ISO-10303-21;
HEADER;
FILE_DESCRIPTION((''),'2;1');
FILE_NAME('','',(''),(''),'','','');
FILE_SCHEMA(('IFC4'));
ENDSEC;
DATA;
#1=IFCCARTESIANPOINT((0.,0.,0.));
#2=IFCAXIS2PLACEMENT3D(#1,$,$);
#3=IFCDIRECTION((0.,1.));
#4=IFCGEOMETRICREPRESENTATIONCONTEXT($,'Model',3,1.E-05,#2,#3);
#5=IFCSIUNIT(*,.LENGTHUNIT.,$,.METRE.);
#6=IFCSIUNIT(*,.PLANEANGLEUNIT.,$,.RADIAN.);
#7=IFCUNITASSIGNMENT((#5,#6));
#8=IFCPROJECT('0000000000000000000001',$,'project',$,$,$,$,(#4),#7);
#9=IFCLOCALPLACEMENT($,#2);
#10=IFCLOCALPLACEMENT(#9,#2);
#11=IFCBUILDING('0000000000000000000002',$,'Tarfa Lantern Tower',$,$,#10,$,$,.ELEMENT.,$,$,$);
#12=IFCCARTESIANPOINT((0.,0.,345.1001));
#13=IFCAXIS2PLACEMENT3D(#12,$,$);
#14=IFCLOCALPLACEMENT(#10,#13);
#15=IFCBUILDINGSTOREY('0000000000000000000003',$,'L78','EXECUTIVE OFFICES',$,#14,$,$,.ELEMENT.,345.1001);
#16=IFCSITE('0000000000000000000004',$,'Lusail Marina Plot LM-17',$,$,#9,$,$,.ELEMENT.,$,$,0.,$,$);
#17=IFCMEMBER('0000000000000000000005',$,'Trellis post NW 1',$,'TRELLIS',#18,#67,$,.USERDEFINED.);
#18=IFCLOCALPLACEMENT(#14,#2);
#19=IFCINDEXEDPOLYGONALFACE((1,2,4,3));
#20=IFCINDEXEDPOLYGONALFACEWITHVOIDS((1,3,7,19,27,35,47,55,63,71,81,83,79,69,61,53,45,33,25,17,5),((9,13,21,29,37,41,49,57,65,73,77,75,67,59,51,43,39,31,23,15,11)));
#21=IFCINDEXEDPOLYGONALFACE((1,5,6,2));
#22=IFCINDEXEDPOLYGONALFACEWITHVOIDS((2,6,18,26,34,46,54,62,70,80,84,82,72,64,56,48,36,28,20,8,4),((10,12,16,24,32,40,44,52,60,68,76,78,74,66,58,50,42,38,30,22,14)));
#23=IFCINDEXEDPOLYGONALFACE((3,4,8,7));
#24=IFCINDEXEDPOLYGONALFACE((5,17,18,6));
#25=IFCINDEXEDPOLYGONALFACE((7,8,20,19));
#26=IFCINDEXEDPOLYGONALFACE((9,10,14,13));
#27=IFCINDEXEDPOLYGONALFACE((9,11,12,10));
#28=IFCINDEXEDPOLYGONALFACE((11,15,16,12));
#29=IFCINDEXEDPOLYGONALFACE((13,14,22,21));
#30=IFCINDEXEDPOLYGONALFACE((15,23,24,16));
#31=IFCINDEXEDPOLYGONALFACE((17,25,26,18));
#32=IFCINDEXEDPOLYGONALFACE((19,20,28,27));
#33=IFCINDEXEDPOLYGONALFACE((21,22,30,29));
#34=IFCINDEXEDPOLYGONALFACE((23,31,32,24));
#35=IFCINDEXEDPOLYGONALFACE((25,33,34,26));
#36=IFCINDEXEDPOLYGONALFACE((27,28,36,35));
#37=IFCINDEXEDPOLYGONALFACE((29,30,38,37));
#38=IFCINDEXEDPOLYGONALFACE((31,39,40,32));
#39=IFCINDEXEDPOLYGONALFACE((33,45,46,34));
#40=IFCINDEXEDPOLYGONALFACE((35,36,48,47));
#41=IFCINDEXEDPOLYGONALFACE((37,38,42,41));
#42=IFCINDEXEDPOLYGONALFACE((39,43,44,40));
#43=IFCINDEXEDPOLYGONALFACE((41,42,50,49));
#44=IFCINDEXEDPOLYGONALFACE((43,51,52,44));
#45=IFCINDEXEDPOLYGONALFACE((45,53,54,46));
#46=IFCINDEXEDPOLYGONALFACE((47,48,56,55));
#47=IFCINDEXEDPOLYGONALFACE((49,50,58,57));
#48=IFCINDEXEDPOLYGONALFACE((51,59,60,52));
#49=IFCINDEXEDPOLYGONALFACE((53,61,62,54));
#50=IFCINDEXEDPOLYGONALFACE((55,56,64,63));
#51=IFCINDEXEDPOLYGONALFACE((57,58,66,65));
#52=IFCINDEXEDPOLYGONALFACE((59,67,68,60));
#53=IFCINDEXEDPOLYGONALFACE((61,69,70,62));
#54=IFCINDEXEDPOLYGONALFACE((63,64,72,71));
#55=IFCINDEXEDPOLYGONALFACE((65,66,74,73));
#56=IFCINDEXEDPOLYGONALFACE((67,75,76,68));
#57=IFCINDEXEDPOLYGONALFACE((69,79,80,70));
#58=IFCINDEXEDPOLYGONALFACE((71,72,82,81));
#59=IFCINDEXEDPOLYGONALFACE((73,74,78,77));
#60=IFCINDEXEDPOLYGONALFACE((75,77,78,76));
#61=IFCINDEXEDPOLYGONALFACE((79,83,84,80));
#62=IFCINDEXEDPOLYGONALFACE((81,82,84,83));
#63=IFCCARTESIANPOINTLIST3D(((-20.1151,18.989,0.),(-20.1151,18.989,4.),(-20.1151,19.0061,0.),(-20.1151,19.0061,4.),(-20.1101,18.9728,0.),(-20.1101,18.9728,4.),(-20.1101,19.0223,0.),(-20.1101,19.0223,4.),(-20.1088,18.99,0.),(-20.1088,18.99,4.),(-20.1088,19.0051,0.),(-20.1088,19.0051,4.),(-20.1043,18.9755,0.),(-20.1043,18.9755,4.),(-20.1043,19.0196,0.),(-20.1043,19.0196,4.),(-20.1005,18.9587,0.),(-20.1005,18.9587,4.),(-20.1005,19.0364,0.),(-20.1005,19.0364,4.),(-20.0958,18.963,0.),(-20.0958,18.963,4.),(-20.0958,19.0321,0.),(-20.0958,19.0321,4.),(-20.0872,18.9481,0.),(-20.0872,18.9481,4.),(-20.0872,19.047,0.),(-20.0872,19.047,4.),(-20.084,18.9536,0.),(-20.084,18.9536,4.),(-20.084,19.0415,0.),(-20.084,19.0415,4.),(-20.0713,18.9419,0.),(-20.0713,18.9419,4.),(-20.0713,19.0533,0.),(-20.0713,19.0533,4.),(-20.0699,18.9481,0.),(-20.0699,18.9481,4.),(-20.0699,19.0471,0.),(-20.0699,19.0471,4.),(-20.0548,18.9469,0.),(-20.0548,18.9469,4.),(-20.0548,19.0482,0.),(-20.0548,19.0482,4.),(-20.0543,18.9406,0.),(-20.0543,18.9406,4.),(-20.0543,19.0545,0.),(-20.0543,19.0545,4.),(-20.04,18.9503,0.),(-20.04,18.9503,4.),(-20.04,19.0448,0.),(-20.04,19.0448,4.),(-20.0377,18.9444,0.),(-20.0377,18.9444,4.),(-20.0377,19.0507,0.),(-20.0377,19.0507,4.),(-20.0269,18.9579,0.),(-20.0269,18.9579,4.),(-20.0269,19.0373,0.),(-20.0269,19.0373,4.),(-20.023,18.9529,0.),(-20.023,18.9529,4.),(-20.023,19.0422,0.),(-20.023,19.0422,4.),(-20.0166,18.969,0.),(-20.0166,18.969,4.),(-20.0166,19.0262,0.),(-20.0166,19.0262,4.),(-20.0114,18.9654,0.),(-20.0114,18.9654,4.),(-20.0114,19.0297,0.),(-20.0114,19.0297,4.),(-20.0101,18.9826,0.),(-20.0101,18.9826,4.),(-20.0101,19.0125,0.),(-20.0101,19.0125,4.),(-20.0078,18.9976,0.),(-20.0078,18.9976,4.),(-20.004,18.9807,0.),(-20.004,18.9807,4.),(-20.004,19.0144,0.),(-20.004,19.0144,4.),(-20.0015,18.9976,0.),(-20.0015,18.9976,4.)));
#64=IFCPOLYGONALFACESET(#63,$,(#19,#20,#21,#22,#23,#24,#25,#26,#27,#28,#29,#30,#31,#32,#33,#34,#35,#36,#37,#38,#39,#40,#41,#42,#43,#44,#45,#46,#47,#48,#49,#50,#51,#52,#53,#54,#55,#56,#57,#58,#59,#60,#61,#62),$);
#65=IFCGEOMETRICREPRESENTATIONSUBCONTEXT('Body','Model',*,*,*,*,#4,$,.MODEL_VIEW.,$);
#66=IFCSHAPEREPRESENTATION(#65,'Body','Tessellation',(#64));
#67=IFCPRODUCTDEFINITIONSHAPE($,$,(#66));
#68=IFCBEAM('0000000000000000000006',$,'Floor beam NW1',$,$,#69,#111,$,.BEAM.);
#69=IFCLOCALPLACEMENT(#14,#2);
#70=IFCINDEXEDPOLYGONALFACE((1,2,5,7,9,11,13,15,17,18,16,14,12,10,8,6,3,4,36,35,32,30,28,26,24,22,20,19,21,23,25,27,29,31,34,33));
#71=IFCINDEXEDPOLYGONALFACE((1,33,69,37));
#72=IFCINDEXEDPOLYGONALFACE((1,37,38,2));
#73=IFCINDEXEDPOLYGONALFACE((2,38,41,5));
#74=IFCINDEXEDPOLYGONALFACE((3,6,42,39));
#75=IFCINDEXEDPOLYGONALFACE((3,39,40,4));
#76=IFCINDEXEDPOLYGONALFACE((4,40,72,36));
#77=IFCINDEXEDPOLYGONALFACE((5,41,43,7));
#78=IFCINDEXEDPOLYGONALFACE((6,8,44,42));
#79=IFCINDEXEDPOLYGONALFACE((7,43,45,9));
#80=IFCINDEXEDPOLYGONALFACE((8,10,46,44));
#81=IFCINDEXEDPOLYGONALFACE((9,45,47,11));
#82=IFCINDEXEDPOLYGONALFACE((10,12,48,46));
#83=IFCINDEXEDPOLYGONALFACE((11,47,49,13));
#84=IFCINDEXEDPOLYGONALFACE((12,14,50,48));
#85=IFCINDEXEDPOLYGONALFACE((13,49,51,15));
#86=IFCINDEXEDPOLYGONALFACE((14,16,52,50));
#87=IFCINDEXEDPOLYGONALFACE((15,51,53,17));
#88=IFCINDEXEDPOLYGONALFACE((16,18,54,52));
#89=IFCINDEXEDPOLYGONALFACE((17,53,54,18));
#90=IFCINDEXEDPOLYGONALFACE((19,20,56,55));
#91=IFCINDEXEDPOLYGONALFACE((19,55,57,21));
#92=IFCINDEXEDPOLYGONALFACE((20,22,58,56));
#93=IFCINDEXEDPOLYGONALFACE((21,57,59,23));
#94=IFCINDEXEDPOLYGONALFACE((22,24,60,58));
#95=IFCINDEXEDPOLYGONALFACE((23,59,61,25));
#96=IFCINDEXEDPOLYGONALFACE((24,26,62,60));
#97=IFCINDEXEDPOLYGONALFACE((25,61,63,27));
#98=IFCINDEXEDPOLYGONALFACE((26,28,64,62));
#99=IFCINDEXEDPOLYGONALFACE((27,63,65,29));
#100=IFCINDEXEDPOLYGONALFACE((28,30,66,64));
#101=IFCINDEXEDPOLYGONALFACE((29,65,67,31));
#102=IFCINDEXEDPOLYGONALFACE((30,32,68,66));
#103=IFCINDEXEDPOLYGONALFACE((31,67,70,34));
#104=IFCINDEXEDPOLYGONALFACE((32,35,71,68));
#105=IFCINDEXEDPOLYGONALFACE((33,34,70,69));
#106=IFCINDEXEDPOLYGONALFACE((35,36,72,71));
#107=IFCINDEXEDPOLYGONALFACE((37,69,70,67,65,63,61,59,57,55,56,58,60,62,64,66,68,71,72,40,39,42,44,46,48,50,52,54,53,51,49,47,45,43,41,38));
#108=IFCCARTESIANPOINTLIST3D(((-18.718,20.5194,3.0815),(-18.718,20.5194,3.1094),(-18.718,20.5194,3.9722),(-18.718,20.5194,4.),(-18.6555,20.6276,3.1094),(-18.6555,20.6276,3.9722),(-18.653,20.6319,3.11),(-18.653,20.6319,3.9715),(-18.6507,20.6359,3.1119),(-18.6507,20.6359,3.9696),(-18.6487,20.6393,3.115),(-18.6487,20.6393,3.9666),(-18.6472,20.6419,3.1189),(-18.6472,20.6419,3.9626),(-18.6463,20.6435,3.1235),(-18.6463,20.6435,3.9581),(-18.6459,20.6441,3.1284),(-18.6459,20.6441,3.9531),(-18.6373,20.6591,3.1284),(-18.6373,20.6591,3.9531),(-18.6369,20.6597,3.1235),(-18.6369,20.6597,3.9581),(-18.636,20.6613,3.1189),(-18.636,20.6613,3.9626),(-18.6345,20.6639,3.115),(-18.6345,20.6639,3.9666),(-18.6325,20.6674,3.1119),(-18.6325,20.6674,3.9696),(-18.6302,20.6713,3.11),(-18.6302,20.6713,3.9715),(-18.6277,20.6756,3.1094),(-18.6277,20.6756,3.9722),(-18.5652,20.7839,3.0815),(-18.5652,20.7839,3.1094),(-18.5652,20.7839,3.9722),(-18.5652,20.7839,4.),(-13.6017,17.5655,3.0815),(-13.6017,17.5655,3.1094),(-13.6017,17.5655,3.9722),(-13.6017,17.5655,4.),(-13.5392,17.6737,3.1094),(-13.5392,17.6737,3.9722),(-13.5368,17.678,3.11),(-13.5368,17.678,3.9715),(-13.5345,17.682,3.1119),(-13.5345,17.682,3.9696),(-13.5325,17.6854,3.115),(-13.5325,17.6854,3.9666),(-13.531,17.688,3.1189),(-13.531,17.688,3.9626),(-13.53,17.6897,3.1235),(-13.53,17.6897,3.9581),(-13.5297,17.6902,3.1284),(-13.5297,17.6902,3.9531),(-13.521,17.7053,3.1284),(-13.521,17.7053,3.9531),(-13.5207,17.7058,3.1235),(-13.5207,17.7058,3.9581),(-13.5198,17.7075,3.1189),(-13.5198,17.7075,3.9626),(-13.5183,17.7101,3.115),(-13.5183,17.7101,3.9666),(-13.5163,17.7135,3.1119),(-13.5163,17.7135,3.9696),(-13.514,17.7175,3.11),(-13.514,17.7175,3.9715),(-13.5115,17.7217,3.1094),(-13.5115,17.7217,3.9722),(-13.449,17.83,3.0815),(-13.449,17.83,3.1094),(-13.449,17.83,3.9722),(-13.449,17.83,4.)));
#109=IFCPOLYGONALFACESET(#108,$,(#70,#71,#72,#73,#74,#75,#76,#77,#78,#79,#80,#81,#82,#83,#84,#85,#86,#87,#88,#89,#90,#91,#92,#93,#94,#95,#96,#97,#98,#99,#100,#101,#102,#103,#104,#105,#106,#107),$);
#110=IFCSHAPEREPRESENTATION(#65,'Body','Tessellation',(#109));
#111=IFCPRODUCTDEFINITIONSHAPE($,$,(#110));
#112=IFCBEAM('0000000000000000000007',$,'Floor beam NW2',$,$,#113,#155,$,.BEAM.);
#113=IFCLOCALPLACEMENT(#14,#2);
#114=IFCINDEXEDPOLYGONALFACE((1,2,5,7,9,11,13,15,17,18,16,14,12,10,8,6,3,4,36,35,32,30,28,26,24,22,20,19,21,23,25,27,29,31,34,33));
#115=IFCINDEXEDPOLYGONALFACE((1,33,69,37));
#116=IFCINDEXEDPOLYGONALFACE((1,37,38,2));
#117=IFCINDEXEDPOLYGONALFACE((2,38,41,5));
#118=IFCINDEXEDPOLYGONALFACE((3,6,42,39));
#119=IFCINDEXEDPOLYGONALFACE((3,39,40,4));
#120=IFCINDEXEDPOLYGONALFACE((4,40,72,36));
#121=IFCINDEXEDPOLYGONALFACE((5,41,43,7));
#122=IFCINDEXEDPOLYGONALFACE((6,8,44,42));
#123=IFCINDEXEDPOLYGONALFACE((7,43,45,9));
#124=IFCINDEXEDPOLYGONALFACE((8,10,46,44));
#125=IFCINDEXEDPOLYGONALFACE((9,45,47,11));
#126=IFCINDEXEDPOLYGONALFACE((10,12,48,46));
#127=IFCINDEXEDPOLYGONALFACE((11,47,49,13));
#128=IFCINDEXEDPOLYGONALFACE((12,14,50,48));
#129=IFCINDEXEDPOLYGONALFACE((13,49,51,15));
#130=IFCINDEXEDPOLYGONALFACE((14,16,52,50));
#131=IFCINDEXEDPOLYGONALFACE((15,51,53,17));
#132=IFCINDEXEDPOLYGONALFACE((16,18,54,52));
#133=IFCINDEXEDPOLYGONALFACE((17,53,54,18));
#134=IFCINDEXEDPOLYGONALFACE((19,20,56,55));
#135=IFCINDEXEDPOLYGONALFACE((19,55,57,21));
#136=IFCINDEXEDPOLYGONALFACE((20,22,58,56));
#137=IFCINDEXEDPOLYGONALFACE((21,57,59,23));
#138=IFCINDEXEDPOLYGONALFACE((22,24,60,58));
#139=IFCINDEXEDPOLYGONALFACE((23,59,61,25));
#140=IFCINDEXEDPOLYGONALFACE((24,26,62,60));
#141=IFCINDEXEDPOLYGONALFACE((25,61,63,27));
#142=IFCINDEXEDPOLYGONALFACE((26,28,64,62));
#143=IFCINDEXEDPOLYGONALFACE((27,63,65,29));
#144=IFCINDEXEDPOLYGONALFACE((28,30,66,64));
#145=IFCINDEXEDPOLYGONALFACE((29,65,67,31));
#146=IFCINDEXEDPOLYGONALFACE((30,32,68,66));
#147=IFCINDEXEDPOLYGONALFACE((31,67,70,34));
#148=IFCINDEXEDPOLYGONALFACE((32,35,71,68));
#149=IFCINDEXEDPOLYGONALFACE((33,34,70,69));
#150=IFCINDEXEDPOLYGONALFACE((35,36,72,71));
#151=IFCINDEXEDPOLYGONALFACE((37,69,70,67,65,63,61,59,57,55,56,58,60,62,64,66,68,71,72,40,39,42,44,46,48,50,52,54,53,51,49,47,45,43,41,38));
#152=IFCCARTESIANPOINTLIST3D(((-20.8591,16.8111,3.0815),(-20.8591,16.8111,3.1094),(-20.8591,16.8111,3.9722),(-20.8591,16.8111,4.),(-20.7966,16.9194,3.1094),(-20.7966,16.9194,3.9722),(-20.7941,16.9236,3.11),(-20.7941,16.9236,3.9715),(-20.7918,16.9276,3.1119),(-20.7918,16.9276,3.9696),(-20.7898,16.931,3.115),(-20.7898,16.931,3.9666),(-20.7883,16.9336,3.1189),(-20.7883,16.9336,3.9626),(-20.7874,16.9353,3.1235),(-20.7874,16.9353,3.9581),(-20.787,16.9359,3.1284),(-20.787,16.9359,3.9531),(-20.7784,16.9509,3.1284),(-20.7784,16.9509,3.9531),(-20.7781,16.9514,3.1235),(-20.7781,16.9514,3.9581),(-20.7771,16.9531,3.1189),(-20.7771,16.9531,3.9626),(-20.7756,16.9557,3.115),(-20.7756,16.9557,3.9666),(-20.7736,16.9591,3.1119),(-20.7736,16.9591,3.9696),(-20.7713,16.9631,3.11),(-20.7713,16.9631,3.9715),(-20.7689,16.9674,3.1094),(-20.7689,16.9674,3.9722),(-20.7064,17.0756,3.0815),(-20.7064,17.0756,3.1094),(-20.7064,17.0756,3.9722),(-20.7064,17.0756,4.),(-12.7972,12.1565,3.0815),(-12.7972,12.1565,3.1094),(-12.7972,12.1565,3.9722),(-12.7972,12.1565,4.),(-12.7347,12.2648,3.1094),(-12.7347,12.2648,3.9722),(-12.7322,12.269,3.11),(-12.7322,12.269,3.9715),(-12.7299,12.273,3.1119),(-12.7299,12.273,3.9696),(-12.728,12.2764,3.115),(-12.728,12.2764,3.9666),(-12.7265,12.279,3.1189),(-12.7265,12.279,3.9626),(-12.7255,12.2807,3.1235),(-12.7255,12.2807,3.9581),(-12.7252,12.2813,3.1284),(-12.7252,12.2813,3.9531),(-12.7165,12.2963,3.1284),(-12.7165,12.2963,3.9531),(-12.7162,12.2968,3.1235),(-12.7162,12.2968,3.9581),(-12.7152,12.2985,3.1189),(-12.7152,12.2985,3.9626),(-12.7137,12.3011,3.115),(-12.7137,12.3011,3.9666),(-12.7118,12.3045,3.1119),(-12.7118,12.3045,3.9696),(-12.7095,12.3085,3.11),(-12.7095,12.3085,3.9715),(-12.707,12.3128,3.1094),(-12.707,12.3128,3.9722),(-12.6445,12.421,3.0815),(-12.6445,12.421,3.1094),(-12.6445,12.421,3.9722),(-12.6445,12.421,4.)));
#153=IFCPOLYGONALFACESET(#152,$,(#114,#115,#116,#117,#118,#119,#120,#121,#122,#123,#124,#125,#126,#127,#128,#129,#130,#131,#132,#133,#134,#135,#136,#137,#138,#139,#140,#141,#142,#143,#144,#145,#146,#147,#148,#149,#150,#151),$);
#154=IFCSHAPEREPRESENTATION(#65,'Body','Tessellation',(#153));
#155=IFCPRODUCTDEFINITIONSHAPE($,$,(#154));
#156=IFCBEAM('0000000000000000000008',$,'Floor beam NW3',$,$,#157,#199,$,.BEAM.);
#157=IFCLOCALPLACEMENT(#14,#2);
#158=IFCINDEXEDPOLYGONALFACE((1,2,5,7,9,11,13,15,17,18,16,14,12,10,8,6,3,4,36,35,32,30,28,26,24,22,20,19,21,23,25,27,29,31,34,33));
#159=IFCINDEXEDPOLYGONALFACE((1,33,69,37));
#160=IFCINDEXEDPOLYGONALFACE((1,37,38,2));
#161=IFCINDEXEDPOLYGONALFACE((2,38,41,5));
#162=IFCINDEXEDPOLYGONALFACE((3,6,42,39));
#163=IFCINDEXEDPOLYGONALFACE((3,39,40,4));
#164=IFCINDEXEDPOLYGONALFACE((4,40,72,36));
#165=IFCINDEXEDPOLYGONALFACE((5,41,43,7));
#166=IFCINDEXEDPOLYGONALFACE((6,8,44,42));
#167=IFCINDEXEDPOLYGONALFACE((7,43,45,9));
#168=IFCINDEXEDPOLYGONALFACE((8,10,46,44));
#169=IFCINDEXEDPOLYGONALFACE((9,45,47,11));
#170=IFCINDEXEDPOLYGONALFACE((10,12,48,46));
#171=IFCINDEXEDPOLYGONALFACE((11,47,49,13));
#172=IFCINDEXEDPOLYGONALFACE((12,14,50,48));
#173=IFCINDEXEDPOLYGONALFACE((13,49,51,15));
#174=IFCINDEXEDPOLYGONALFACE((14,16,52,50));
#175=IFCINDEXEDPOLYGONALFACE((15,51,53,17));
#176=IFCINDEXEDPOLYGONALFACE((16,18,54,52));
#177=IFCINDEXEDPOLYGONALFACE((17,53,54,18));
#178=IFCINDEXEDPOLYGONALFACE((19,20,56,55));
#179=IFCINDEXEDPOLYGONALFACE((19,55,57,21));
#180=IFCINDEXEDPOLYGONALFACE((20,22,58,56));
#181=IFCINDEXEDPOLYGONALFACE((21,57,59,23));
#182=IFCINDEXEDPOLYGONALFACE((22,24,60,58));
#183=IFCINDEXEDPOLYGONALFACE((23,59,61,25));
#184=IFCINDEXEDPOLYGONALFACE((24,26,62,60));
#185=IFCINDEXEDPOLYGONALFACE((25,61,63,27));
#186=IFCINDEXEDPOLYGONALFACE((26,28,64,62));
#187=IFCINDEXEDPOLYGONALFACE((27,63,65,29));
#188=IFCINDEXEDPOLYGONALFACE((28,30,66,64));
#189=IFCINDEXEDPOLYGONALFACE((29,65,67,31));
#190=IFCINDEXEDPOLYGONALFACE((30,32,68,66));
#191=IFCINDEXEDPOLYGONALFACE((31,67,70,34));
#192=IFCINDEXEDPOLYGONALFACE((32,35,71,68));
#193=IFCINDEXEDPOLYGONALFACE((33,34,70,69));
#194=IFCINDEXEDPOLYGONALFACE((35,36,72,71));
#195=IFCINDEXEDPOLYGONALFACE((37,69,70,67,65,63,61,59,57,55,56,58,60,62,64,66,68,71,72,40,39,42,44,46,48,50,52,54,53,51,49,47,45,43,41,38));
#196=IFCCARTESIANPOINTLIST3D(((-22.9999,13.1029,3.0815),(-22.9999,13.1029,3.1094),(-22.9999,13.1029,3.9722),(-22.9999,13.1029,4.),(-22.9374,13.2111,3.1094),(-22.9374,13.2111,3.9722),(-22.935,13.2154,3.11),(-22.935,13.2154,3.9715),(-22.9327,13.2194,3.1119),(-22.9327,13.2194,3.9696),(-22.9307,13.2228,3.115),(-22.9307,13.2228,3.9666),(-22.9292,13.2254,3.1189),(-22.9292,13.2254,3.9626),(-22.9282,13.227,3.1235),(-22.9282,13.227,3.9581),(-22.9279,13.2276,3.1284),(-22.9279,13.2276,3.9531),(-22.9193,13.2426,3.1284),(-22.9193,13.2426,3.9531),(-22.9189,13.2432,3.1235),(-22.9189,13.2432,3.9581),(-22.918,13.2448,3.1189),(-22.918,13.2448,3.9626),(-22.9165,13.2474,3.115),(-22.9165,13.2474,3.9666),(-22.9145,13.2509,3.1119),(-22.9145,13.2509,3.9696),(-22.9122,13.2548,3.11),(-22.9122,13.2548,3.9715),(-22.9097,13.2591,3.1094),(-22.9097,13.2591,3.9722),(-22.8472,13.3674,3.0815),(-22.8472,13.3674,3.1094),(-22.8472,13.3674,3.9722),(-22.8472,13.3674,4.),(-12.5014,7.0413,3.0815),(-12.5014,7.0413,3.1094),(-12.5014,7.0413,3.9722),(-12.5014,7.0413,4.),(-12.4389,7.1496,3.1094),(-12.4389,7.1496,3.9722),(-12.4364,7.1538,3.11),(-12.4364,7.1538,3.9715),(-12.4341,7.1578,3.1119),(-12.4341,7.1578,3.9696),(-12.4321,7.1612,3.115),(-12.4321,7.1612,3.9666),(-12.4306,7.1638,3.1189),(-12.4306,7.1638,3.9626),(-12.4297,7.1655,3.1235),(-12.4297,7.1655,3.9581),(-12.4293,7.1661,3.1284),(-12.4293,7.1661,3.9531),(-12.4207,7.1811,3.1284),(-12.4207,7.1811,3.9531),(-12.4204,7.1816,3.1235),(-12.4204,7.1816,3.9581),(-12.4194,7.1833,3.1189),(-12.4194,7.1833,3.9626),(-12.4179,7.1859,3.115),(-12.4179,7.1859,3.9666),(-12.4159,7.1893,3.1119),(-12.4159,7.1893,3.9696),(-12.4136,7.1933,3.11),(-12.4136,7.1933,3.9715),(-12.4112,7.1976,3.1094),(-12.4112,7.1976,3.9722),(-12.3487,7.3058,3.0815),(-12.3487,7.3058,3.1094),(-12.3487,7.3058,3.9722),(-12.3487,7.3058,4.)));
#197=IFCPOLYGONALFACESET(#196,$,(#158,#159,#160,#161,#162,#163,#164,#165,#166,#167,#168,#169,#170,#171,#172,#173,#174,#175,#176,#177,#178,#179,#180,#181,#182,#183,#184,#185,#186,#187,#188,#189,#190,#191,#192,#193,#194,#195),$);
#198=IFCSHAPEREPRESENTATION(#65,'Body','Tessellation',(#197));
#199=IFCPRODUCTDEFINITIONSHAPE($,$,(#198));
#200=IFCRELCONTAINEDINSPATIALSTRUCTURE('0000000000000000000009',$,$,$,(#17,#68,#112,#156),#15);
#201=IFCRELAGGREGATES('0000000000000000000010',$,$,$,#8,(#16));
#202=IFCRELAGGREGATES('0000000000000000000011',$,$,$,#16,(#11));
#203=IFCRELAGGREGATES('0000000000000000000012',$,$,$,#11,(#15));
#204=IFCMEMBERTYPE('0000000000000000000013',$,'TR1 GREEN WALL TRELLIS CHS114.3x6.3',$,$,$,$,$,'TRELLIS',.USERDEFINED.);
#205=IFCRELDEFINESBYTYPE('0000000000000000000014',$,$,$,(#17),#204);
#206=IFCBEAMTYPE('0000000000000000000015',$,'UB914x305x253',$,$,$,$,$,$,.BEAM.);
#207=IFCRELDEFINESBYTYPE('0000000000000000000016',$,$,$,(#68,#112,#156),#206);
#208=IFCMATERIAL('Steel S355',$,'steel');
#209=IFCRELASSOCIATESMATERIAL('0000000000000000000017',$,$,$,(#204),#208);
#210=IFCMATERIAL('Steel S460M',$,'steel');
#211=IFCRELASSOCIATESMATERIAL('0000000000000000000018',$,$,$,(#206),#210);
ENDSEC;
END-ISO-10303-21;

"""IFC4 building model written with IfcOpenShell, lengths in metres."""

from ifc_helpers import new_model, si_unit, direction, frame, origin, origin_2d, place, context, subcontext, project, spatial, hollow_circle, i_section, extrude, material, material_profile, profile_set, type_object, element, save


model = new_model("IFC4")

# Units and contexts
model_context = context("Model", 3, precision=1e-05, world=origin(), true_north=direction((0.0, 1.0)))
body_context = subcontext(model_context, "Body", "Model", "MODEL_VIEW")
ifc_project = project(units=[si_unit("LENGTHUNIT", "METRE"), si_unit("PLANEANGLEUNIT", "RADIAN")], contexts=[model_context])

# Site, building, storey
site_placement = place(None, origin())
site = spatial("IfcSite", under=ifc_project, at=site_placement, Name="Lusail Marina Plot LM-17", CompositionType="ELEMENT", RefElevation=0.0)
building_placement = place(site_placement, origin())
building = spatial("IfcBuilding", under=site, at=building_placement, Name="Tarfa Lantern Tower", CompositionType="ELEMENT")
storey_placement = place(building_placement, frame((0.0, 0.0, 345.1001)))
storey = spatial("IfcBuildingStorey", under=building, at=storey_placement, Name="L78", Description="EXECUTIVE OFFICES", CompositionType="ELEMENT", Elevation=345.1001)

# Member
ifc_material_1 = material(Name="Steel S355", Category="steel")
ifc_material_profile_1 = material_profile(ifc_material_1, hollow_circle(Radius=0.0571, WallThickness=0.0063, at=origin_2d()), Name="CHS114.3x6.3")
ifc_profile_set_1 = profile_set([ifc_material_profile_1], Name="Steel S355")
member_type_1 = type_object("IfcMemberType", Name="TR1 GREEN WALL TRELLIS CHS114.3x6.3", ElementType="TRELLIS", PredefinedType="USERDEFINED", material=ifc_profile_set_1)
member_1_placement = place(storey_placement, frame((-20.0586, 18.9976, 0.0), z_axis=(0.0, 0.0, 1.0), x_axis=(1.0, 0.0, 0.0)))
element("IfcMember", 1, at=member_1_placement, inside=storey, type_object=member_type_1, Name="Trellis post NW 1", ObjectType="TRELLIS", PredefinedType="USERDEFINED", context=body_context, shape_type="SweptSolid", body=[
    extrude(hollow_circle(Radius=0.0571, WallThickness=0.0063, at=origin_2d()), origin(), (0.0, 0.0, 1.0), 4.0),
])

# Beams
ifc_material_2 = material(Name="Steel S460M", Category="steel")
ifc_material_profile_2 = material_profile(ifc_material_2, i_section(OverallWidth=0.3054, OverallDepth=0.9185, WebThickness=0.0173, FlangeThickness=0.0278, FilletRadius=0.019, at=origin_2d()), Name="UB914x305x253")
ifc_profile_set_2 = profile_set([ifc_material_profile_2], Name="Steel S460M")
beam_type_1 = type_object("IfcBeamType", Name="UB914x305x253", PredefinedType="BEAM", material=ifc_profile_set_2)
beam_1_placement = place(storey_placement, frame((-18.6416, 20.6516, 3.5408), z_axis=(0.866025, -0.500001, 0.0), x_axis=(0.500001, 0.866025, 0.0)))
element("IfcBeam", 2, at=beam_1_placement, inside=storey, type_object=beam_type_1, Name="Floor beam NW1", PredefinedType="BEAM", context=body_context, shape_type="SweptSolid", body=[
    extrude(i_section(OverallWidth=0.3054, OverallDepth=0.9185, WebThickness=0.0173, FlangeThickness=0.0278, FilletRadius=0.019, at=origin_2d()), origin(), (0.0, 0.0, 1.0), 5.9077),
])
beam_2_placement = place(storey_placement, frame((-20.7827, 16.9434, 3.5408), z_axis=(0.866022, -0.500006, 0.0), x_axis=(0.500006, 0.866022, 0.0)))
element("IfcBeam", 3, at=beam_2_placement, inside=storey, type_object=beam_type_1, Name="Floor beam NW2", PredefinedType="BEAM", context=body_context, shape_type="SweptSolid", body=[
    extrude(i_section(OverallWidth=0.3054, OverallDepth=0.9185, WebThickness=0.0173, FlangeThickness=0.0278, FilletRadius=0.019, at=origin_2d()), origin(), (0.0, 0.0, 1.0), 9.3091),
])
beam_3_placement = place(storey_placement, frame((-22.9236, 13.2351, 3.5408), z_axis=(0.866019, -0.500012, 0.0), x_axis=(0.500012, 0.866019, 0.0)))
element("IfcBeam", 4, at=beam_3_placement, inside=storey, type_object=beam_type_1, Name="Floor beam NW3", PredefinedType="BEAM", context=body_context, shape_type="SweptSolid", body=[
    extrude(i_section(OverallWidth=0.3054, OverallDepth=0.9185, WebThickness=0.0173, FlangeThickness=0.0278, FilletRadius=0.019, at=origin_2d()), origin(), (0.0, 0.0, 1.0), 12.1228),
])

save(model, "model.ifc")
